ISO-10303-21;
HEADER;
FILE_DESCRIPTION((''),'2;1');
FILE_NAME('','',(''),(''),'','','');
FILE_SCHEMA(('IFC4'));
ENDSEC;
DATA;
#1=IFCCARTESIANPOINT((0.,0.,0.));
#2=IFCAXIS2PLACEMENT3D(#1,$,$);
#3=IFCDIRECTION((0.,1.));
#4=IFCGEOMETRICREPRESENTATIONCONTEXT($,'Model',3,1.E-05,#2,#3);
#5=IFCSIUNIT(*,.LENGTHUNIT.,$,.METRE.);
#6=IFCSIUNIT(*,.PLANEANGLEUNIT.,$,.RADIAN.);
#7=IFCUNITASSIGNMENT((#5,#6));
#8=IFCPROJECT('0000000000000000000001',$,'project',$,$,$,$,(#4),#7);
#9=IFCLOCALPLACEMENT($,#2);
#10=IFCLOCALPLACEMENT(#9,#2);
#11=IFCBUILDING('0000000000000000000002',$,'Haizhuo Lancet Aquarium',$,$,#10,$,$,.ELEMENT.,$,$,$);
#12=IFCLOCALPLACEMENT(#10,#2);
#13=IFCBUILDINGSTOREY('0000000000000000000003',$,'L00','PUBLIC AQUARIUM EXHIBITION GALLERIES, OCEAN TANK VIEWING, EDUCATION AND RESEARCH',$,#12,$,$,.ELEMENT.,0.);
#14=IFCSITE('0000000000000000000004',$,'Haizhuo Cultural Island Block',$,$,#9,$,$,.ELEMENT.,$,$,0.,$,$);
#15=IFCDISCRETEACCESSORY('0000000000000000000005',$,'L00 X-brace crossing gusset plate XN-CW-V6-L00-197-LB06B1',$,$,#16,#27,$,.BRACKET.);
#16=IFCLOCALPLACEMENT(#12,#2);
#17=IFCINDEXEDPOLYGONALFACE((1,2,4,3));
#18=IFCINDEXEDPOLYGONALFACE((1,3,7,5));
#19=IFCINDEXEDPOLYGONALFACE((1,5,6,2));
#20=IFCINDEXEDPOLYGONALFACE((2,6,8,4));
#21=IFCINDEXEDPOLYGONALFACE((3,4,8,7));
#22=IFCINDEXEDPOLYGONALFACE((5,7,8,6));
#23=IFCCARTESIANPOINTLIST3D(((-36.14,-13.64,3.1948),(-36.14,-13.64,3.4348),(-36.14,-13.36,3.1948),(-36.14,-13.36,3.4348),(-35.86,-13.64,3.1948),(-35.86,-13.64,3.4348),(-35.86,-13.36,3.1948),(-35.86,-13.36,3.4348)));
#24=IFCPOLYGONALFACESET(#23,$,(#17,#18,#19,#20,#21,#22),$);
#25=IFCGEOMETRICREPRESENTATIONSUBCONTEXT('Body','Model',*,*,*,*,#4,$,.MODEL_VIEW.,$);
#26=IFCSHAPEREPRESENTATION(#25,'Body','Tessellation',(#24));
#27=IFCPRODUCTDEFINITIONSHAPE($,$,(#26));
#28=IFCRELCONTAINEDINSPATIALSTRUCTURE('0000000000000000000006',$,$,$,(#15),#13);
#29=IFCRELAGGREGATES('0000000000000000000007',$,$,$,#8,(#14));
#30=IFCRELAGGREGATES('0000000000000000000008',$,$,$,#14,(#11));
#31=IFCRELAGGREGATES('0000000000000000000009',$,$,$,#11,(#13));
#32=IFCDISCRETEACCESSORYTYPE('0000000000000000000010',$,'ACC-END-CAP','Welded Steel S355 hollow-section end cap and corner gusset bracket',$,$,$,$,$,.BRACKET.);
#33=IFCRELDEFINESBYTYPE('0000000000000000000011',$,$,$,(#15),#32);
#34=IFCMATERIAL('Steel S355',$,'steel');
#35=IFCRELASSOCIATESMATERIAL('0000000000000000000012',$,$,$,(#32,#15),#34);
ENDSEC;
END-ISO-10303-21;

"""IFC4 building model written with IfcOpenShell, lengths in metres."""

from ifc_helpers import new_model, si_unit, direction, frame, origin, origin_2d, place, context, subcontext, project, spatial, rectangle, extrude, material, type_object, element, save


model = new_model("IFC4")

# Units and contexts
model_context = context("Model", 3, precision=1e-05, world=origin(), true_north=direction((0.0, 1.0)))
body_context = subcontext(model_context, "Body", "Model", "MODEL_VIEW")
ifc_project = project(units=[si_unit("LENGTHUNIT", "METRE"), si_unit("PLANEANGLEUNIT", "RADIAN")], contexts=[model_context])

# Site, building, storey
site_placement = place(None, origin())
site = spatial("IfcSite", under=ifc_project, at=site_placement, Name="Haizhuo Cultural Island Block", CompositionType="ELEMENT", RefElevation=0.0)
building_placement = place(site_placement, origin())
building = spatial("IfcBuilding", under=site, at=building_placement, Name="Haizhuo Lancet Aquarium", CompositionType="ELEMENT")
storey_placement = place(building_placement, origin())
storey = spatial("IfcBuildingStorey", under=building, at=storey_placement, Name="L00", Description="PUBLIC AQUARIUM EXHIBITION GALLERIES, OCEAN TANK VIEWING, EDUCATION AND RESEARCH", CompositionType="ELEMENT", Elevation=0.0)

# Shared definitions
ifc_material_1 = material(Name="Steel S355", Category="steel")

# Discrete accessory
discrete_accessory_type = type_object("IfcDiscreteAccessoryType", Name="ACC-END-CAP", Description="Welded Steel S355 hollow-section end cap and corner gusset bracket", PredefinedType="BRACKET", material=ifc_material_1)
for number, where, z_axis, x_axis, name in (
    (1, (-36.0, -13.5, 3.1948), (0.0, 0.0, 1.0), (1.0, 0.0, 0.0), "L00 X-brace crossing gusset plate XN-CW-V6-L00-197-LB06B1"),
):
    element("IfcDiscreteAccessory", number, at=place(storey_placement, frame(where, z_axis=z_axis, x_axis=x_axis)), inside=storey, type_object=discrete_accessory_type, material=ifc_material_1, Name=name, PredefinedType="BRACKET", context=body_context, shape_type="SweptSolid", body=[
        extrude(rectangle(XDim=0.28, YDim=0.28, at=origin_2d()), origin(), (0.0, 0.0, 1.0), 0.24),
    ])

save(model, "model.ifc")
